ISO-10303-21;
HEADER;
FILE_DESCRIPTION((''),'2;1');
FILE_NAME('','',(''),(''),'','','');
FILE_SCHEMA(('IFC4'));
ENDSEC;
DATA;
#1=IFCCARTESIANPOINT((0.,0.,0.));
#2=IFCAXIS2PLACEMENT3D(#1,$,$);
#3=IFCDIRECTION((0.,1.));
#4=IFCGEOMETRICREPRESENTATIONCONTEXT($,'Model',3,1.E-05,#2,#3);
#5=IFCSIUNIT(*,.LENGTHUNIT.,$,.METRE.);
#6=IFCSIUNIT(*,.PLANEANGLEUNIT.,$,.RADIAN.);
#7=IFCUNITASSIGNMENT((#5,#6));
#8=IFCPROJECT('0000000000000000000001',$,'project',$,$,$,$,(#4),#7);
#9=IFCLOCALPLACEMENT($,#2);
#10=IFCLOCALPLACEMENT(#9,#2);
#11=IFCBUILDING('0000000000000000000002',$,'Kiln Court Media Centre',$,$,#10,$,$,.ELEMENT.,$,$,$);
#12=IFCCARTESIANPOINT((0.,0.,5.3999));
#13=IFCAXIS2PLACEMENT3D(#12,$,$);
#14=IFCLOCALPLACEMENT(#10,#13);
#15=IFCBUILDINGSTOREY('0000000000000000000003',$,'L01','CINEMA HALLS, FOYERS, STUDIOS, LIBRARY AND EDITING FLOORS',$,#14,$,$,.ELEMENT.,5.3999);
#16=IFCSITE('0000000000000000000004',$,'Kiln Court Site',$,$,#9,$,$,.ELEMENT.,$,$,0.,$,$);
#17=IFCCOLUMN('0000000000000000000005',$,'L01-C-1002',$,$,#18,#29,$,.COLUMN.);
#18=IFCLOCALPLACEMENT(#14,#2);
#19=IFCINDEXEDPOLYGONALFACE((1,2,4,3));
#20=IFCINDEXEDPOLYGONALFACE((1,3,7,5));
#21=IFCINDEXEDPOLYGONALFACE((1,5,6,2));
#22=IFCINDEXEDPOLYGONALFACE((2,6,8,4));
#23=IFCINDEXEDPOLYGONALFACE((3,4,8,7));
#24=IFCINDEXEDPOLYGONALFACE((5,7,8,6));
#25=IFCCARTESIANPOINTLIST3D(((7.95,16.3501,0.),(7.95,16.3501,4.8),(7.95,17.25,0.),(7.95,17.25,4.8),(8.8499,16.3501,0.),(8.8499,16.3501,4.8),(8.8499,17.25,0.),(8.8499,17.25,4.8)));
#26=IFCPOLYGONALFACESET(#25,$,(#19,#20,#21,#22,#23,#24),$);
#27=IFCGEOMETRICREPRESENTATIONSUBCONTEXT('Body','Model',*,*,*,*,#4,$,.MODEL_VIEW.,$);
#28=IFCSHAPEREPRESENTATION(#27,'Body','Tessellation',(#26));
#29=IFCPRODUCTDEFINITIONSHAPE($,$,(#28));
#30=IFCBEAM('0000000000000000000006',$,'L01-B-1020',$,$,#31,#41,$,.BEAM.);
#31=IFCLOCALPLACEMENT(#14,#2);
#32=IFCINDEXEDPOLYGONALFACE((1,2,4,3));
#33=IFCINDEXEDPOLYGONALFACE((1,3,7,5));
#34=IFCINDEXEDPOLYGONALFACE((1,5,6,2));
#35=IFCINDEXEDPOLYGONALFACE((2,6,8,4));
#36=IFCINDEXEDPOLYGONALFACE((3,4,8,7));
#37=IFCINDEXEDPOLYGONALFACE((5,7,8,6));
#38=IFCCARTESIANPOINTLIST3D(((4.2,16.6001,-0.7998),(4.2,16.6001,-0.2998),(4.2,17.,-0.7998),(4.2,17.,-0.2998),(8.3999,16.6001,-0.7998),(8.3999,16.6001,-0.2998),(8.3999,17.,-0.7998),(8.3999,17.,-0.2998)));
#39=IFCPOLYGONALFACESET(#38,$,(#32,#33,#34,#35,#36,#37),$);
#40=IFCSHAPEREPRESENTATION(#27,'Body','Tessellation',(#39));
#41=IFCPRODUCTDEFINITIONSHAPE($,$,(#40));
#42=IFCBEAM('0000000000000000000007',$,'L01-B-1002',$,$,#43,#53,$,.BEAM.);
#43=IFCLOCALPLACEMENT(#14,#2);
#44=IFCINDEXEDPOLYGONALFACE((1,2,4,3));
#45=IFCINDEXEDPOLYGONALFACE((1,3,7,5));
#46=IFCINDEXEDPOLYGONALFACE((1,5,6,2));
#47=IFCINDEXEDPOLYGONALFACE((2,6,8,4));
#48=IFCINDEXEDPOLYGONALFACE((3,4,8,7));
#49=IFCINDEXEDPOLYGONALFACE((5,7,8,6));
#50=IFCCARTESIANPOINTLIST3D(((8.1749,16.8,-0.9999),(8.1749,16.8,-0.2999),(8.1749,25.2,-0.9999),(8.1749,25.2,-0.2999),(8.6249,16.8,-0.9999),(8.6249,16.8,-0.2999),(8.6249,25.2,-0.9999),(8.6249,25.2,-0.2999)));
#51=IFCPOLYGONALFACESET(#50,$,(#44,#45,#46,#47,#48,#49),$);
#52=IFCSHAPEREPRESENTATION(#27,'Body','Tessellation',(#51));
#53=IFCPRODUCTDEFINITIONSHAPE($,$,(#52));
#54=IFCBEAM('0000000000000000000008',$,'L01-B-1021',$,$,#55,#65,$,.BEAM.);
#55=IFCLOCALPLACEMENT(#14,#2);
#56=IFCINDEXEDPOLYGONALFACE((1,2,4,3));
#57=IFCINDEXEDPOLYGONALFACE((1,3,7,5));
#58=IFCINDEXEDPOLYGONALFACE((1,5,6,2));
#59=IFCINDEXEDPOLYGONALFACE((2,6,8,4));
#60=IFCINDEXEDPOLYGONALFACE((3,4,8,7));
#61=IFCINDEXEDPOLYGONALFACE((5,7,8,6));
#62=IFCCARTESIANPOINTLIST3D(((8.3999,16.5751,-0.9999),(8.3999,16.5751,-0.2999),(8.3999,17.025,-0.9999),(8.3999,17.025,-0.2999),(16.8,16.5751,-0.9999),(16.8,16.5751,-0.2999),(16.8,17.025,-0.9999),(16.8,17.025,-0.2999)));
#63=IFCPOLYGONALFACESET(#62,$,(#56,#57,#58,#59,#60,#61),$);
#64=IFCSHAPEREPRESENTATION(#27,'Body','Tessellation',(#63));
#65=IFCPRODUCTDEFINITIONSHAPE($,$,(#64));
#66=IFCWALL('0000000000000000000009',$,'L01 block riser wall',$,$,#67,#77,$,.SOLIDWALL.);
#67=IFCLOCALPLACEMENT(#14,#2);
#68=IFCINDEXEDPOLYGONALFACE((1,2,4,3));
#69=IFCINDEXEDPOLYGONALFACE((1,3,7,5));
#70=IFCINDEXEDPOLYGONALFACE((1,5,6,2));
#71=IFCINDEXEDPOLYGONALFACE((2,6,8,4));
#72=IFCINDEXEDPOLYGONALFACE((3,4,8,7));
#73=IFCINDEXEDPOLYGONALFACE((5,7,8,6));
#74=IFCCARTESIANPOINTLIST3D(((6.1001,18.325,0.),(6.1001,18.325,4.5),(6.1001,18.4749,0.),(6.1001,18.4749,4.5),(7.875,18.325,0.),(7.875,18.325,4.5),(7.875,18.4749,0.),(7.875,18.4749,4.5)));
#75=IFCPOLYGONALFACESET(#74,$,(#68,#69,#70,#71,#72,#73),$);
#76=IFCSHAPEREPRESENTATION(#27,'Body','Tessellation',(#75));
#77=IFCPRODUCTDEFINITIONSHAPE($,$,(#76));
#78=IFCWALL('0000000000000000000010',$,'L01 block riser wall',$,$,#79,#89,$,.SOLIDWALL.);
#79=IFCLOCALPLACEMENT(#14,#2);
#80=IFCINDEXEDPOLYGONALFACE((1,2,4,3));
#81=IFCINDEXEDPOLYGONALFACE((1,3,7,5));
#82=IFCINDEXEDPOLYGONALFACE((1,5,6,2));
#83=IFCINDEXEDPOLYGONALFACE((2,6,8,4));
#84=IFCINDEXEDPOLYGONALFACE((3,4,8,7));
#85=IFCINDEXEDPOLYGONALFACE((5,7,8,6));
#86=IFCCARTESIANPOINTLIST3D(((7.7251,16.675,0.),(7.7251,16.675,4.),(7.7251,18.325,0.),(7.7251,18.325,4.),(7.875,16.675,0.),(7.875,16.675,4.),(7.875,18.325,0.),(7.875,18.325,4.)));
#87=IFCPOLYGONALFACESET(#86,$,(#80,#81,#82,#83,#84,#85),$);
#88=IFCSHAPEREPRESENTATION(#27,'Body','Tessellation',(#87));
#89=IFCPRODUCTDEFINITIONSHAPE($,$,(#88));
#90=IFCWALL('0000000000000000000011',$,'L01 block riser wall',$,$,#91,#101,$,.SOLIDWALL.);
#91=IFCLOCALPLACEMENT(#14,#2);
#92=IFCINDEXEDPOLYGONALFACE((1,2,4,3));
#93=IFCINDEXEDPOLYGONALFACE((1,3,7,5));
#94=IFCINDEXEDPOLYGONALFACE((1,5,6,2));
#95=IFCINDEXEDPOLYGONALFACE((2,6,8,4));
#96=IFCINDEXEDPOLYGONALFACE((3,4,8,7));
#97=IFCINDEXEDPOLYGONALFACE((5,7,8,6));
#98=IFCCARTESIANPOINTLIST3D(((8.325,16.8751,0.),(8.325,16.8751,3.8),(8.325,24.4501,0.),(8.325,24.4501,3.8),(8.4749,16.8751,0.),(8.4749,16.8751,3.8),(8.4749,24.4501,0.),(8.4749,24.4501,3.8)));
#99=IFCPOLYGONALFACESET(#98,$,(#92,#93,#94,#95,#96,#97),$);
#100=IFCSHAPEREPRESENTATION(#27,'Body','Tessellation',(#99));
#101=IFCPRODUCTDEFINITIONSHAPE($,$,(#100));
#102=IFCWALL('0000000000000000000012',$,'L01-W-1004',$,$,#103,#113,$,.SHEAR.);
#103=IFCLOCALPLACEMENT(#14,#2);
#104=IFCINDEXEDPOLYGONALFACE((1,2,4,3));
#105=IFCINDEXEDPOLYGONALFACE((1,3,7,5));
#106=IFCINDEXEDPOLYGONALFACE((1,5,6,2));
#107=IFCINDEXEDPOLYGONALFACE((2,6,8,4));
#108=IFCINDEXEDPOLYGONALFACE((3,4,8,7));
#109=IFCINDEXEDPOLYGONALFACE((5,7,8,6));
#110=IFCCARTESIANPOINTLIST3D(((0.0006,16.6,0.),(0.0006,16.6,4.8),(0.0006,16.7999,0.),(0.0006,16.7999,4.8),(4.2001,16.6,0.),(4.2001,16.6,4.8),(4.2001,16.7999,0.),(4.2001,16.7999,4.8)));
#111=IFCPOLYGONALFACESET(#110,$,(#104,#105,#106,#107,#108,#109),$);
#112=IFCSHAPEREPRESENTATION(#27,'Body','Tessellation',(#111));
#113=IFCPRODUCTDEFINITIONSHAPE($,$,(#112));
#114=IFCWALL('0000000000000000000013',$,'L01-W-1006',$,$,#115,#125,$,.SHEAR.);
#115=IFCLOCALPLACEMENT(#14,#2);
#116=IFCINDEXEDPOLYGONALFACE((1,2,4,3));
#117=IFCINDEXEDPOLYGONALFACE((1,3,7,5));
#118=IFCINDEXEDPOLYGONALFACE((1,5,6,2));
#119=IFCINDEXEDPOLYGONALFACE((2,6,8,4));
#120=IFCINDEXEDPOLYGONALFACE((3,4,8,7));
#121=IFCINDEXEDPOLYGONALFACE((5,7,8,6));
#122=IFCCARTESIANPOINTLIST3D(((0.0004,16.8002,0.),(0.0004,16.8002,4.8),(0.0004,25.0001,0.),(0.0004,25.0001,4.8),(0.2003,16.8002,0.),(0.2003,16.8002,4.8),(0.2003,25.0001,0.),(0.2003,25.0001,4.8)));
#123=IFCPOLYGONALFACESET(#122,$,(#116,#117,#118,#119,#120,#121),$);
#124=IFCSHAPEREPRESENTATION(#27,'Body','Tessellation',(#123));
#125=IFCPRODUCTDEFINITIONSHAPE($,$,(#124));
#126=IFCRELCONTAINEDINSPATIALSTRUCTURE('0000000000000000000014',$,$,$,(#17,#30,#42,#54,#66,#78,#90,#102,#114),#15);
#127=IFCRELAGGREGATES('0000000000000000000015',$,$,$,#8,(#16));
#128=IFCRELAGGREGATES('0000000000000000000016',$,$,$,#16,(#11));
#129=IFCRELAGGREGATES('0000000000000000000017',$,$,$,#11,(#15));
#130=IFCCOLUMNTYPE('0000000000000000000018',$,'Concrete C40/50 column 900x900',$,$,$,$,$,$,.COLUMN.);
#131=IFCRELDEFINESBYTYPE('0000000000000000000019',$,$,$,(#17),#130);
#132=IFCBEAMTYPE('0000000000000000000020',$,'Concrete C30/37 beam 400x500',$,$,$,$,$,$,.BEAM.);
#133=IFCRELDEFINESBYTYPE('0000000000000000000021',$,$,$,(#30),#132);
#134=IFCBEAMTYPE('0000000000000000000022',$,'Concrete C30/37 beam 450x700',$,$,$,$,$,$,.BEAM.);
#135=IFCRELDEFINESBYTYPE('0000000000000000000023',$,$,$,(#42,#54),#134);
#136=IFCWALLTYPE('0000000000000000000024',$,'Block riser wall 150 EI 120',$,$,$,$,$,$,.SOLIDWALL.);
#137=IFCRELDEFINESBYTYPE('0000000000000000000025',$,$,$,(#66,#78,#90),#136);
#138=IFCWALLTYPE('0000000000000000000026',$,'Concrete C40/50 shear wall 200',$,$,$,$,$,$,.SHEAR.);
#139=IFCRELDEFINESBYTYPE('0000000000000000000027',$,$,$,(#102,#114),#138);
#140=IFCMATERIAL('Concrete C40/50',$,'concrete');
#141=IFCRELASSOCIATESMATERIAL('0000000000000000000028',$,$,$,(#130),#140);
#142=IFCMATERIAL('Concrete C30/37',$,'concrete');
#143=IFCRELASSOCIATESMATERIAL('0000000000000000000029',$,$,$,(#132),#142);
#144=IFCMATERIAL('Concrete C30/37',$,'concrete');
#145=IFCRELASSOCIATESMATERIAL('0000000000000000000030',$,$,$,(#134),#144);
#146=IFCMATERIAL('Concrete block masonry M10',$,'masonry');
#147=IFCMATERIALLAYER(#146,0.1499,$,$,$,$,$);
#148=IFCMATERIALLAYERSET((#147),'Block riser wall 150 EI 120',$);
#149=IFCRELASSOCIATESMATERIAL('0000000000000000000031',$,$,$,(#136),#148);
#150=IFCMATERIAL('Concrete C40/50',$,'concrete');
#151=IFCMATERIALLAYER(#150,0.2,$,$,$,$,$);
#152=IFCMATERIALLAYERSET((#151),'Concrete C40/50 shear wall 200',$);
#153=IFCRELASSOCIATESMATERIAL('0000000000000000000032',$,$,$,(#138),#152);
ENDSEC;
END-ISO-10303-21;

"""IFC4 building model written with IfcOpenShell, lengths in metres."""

from ifc_helpers import new_model, si_unit, direction, frame, frame_2d, origin, origin_2d, place, context, subcontext, project, spatial, rectangle, extrude, material, layer, layer_set, material_profile, profile_set, type_object, element, save


model = new_model("IFC4")

# Units and contexts
model_context = context("Model", 3, precision=1e-05, world=origin(), true_north=direction((0.0, 1.0)))
body_context = subcontext(model_context, "Body", "Model", "MODEL_VIEW")
ifc_project = project(units=[si_unit("LENGTHUNIT", "METRE"), si_unit("PLANEANGLEUNIT", "RADIAN")], contexts=[model_context])

# Site, building, storey
site_placement = place(None, origin())
site = spatial("IfcSite", under=ifc_project, at=site_placement, Name="Kiln Court Site", CompositionType="ELEMENT", RefElevation=0.0)
building_placement = place(site_placement, origin())
building = spatial("IfcBuilding", under=site, at=building_placement, Name="Kiln Court Media Centre", CompositionType="ELEMENT")
storey_placement = place(building_placement, frame((0.0, 0.0, 5.3999)))
storey = spatial("IfcBuildingStorey", under=building, at=storey_placement, Name="L01", Description="CINEMA HALLS, FOYERS, STUDIOS, LIBRARY AND EDITING FLOORS", CompositionType="ELEMENT", Elevation=5.3999)

# Column
ifc_material_1 = material(Name="Concrete C40/50", Category="concrete")
ifc_material_profile_1 = material_profile(ifc_material_1, rectangle(XDim=0.8999, YDim=0.8999, at=origin_2d()), Name="RC 900x900")
ifc_profile_set_1 = profile_set([ifc_material_profile_1], Name="Concrete C40/50")
column_type = type_object("IfcColumnType", Name="Concrete C40/50 column 900x900", PredefinedType="COLUMN", material=ifc_profile_set_1)
column_placement = place(storey_placement, frame((8.3999, 16.8, 0.0), z_axis=(0.0, 0.0, 1.0), x_axis=(1.0, 0.0, 0.0)))
element("IfcColumn", 1, at=column_placement, inside=storey, type_object=column_type, Name="L01-C-1002", PredefinedType="COLUMN", context=body_context, shape_type="SweptSolid", body=[
    extrude(rectangle(XDim=0.8999, YDim=0.8999, at=origin_2d()), origin(), (0.0, 0.0, 1.0), 4.8),
])

# Beams
ifc_material_2 = material(Name="Concrete C30/37", Category="concrete")
ifc_material_profile_2 = material_profile(ifc_material_2, rectangle(XDim=0.3999, YDim=0.5, at=origin_2d()), Name="RC 400x500")
ifc_profile_set_2 = profile_set([ifc_material_profile_2], Name="Concrete C30/37")
beam_type_1 = type_object("IfcBeamType", Name="Concrete C30/37 beam 400x500", PredefinedType="BEAM", material=ifc_profile_set_2)
beam_1_placement = place(storey_placement, frame((4.2, 16.8, -0.5498), z_axis=(1.0, 0.0, 0.0), x_axis=(0.0, 1.0, 0.0)))
element("IfcBeam", 2, at=beam_1_placement, inside=storey, type_object=beam_type_1, Name="L01-B-1020", PredefinedType="BEAM", context=body_context, shape_type="SweptSolid", body=[
    extrude(rectangle(XDim=0.3999, YDim=0.5, at=origin_2d()), origin(), (0.0, 0.0, 1.0), 4.2),
])
ifc_material_3 = material(Name="Concrete C30/37", Category="concrete")
ifc_material_profile_3 = material_profile(ifc_material_3, rectangle(XDim=0.45, YDim=0.7, at=origin_2d()), Name="RC 450x700")
ifc_profile_set_3 = profile_set([ifc_material_profile_3], Name="Concrete C30/37")
beam_type_2 = type_object("IfcBeamType", Name="Concrete C30/37 beam 450x700", PredefinedType="BEAM", material=ifc_profile_set_3)
beam_2_placement = place(storey_placement, frame((8.3999, 16.8, -0.6499), z_axis=(0.0, 1.0, 0.0), x_axis=(-1.0, 0.0, 0.0)))
element("IfcBeam", 3, at=beam_2_placement, inside=storey, type_object=beam_type_2, Name="L01-B-1002", PredefinedType="BEAM", context=body_context, shape_type="SweptSolid", body=[
    extrude(rectangle(XDim=0.45, YDim=0.7, at=origin_2d()), origin(), (0.0, 0.0, 1.0), 8.3999),
])
beam_3_placement = place(storey_placement, frame((8.3999, 16.8, -0.6499), z_axis=(1.0, 0.0, 0.0), x_axis=(0.0, 1.0, 0.0)))
element("IfcBeam", 4, at=beam_3_placement, inside=storey, type_object=beam_type_2, Name="L01-B-1021", PredefinedType="BEAM", context=body_context, shape_type="SweptSolid", body=[
    extrude(rectangle(XDim=0.45, YDim=0.7, at=origin_2d()), origin(), (0.0, 0.0, 1.0), 8.4001),
])

# Walls
ifc_material_4 = material(Name="Concrete block masonry M10", Category="masonry")
ifc_layer_1 = layer(ifc_material_4, 0.1499)
ifc_layer_set_1 = layer_set([ifc_layer_1], Name="Block riser wall 150 EI 120")
wall_type_1 = type_object("IfcWallType", Name="Block riser wall 150 EI 120", PredefinedType="SOLIDWALL", material=ifc_layer_set_1)
wall_1_placement = place(storey_placement, frame((6.1001, 18.3999, 0.0), z_axis=(0.0, 0.0, 1.0), x_axis=(1.0, 0.0, 0.0)))
element("IfcWall", 5, at=wall_1_placement, inside=storey, type_object=wall_type_1, Name="L01 block riser wall", PredefinedType="SOLIDWALL", context=body_context, shape_type="SweptSolid", body=[
    extrude(rectangle(XDim=1.7749, YDim=0.1499, at=frame_2d((0.8875, 0.0))), origin(), (0.0, 0.0, 1.0), 4.5),
])
wall_2_placement = place(storey_placement, frame((7.8, 16.675, 0.0), z_axis=(0.0, 0.0, 1.0), x_axis=(0.0, 1.0, 0.0)))
element("IfcWall", 6, at=wall_2_placement, inside=storey, type_object=wall_type_1, Name="L01 block riser wall", PredefinedType="SOLIDWALL", context=body_context, shape_type="SweptSolid", body=[
    extrude(rectangle(XDim=1.6499, YDim=0.1499, at=frame_2d((0.825, 0.0))), origin(), (0.0, 0.0, 1.0), 4.0),
])
wall_3_placement = place(storey_placement, frame((8.3999, 16.875, 0.0), z_axis=(0.0, 0.0, 1.0), x_axis=(0.0, 1.0, 0.0)))
element("IfcWall", 7, at=wall_3_placement, inside=storey, type_object=wall_type_1, Name="L01 block riser wall", PredefinedType="SOLIDWALL", context=body_context, shape_type="SweptSolid", body=[
    extrude(rectangle(XDim=7.575, YDim=0.1499, at=frame_2d((3.7876, 0.0))), origin(), (0.0, 0.0, 1.0), 3.8),
])
ifc_material_5 = material(Name="Concrete C40/50", Category="concrete")
ifc_layer_2 = layer(ifc_material_5, 0.2)
ifc_layer_set_2 = layer_set([ifc_layer_2], Name="Concrete C40/50 shear wall 200")
wall_type_2 = type_object("IfcWallType", Name="Concrete C40/50 shear wall 200", PredefinedType="SHEAR", material=ifc_layer_set_2)
wall_4_placement = place(storey_placement, frame((4.2, 16.7, 0.0), z_axis=(0.0, 0.0, 1.0), x_axis=(-1.0, 0.0, 0.0)))
element("IfcWall", 8, at=wall_4_placement, inside=storey, type_object=wall_type_2, Name="L01-W-1004", PredefinedType="SHEAR", context=body_context, shape_type="SweptSolid", body=[
    extrude(rectangle(XDim=4.1995, YDim=0.2, at=frame_2d((2.0996, 0.0))), origin(), (0.0, 0.0, 1.0), 4.8),
])
wall_5_placement = place(storey_placement, frame((0.1003, 16.8, 0.0), z_axis=(0.0, 0.0, 1.0), x_axis=(0.0, 1.0, 0.0)))
element("IfcWall", 9, at=wall_5_placement, inside=storey, type_object=wall_type_2, Name="L01-W-1006", PredefinedType="SHEAR", context=body_context, shape_type="SweptSolid", body=[
    extrude(rectangle(XDim=8.2, YDim=0.2, at=frame_2d((4.1001, 0.0))), origin(), (0.0, 0.0, 1.0), 4.8),
])

save(model, "model.ifc")
